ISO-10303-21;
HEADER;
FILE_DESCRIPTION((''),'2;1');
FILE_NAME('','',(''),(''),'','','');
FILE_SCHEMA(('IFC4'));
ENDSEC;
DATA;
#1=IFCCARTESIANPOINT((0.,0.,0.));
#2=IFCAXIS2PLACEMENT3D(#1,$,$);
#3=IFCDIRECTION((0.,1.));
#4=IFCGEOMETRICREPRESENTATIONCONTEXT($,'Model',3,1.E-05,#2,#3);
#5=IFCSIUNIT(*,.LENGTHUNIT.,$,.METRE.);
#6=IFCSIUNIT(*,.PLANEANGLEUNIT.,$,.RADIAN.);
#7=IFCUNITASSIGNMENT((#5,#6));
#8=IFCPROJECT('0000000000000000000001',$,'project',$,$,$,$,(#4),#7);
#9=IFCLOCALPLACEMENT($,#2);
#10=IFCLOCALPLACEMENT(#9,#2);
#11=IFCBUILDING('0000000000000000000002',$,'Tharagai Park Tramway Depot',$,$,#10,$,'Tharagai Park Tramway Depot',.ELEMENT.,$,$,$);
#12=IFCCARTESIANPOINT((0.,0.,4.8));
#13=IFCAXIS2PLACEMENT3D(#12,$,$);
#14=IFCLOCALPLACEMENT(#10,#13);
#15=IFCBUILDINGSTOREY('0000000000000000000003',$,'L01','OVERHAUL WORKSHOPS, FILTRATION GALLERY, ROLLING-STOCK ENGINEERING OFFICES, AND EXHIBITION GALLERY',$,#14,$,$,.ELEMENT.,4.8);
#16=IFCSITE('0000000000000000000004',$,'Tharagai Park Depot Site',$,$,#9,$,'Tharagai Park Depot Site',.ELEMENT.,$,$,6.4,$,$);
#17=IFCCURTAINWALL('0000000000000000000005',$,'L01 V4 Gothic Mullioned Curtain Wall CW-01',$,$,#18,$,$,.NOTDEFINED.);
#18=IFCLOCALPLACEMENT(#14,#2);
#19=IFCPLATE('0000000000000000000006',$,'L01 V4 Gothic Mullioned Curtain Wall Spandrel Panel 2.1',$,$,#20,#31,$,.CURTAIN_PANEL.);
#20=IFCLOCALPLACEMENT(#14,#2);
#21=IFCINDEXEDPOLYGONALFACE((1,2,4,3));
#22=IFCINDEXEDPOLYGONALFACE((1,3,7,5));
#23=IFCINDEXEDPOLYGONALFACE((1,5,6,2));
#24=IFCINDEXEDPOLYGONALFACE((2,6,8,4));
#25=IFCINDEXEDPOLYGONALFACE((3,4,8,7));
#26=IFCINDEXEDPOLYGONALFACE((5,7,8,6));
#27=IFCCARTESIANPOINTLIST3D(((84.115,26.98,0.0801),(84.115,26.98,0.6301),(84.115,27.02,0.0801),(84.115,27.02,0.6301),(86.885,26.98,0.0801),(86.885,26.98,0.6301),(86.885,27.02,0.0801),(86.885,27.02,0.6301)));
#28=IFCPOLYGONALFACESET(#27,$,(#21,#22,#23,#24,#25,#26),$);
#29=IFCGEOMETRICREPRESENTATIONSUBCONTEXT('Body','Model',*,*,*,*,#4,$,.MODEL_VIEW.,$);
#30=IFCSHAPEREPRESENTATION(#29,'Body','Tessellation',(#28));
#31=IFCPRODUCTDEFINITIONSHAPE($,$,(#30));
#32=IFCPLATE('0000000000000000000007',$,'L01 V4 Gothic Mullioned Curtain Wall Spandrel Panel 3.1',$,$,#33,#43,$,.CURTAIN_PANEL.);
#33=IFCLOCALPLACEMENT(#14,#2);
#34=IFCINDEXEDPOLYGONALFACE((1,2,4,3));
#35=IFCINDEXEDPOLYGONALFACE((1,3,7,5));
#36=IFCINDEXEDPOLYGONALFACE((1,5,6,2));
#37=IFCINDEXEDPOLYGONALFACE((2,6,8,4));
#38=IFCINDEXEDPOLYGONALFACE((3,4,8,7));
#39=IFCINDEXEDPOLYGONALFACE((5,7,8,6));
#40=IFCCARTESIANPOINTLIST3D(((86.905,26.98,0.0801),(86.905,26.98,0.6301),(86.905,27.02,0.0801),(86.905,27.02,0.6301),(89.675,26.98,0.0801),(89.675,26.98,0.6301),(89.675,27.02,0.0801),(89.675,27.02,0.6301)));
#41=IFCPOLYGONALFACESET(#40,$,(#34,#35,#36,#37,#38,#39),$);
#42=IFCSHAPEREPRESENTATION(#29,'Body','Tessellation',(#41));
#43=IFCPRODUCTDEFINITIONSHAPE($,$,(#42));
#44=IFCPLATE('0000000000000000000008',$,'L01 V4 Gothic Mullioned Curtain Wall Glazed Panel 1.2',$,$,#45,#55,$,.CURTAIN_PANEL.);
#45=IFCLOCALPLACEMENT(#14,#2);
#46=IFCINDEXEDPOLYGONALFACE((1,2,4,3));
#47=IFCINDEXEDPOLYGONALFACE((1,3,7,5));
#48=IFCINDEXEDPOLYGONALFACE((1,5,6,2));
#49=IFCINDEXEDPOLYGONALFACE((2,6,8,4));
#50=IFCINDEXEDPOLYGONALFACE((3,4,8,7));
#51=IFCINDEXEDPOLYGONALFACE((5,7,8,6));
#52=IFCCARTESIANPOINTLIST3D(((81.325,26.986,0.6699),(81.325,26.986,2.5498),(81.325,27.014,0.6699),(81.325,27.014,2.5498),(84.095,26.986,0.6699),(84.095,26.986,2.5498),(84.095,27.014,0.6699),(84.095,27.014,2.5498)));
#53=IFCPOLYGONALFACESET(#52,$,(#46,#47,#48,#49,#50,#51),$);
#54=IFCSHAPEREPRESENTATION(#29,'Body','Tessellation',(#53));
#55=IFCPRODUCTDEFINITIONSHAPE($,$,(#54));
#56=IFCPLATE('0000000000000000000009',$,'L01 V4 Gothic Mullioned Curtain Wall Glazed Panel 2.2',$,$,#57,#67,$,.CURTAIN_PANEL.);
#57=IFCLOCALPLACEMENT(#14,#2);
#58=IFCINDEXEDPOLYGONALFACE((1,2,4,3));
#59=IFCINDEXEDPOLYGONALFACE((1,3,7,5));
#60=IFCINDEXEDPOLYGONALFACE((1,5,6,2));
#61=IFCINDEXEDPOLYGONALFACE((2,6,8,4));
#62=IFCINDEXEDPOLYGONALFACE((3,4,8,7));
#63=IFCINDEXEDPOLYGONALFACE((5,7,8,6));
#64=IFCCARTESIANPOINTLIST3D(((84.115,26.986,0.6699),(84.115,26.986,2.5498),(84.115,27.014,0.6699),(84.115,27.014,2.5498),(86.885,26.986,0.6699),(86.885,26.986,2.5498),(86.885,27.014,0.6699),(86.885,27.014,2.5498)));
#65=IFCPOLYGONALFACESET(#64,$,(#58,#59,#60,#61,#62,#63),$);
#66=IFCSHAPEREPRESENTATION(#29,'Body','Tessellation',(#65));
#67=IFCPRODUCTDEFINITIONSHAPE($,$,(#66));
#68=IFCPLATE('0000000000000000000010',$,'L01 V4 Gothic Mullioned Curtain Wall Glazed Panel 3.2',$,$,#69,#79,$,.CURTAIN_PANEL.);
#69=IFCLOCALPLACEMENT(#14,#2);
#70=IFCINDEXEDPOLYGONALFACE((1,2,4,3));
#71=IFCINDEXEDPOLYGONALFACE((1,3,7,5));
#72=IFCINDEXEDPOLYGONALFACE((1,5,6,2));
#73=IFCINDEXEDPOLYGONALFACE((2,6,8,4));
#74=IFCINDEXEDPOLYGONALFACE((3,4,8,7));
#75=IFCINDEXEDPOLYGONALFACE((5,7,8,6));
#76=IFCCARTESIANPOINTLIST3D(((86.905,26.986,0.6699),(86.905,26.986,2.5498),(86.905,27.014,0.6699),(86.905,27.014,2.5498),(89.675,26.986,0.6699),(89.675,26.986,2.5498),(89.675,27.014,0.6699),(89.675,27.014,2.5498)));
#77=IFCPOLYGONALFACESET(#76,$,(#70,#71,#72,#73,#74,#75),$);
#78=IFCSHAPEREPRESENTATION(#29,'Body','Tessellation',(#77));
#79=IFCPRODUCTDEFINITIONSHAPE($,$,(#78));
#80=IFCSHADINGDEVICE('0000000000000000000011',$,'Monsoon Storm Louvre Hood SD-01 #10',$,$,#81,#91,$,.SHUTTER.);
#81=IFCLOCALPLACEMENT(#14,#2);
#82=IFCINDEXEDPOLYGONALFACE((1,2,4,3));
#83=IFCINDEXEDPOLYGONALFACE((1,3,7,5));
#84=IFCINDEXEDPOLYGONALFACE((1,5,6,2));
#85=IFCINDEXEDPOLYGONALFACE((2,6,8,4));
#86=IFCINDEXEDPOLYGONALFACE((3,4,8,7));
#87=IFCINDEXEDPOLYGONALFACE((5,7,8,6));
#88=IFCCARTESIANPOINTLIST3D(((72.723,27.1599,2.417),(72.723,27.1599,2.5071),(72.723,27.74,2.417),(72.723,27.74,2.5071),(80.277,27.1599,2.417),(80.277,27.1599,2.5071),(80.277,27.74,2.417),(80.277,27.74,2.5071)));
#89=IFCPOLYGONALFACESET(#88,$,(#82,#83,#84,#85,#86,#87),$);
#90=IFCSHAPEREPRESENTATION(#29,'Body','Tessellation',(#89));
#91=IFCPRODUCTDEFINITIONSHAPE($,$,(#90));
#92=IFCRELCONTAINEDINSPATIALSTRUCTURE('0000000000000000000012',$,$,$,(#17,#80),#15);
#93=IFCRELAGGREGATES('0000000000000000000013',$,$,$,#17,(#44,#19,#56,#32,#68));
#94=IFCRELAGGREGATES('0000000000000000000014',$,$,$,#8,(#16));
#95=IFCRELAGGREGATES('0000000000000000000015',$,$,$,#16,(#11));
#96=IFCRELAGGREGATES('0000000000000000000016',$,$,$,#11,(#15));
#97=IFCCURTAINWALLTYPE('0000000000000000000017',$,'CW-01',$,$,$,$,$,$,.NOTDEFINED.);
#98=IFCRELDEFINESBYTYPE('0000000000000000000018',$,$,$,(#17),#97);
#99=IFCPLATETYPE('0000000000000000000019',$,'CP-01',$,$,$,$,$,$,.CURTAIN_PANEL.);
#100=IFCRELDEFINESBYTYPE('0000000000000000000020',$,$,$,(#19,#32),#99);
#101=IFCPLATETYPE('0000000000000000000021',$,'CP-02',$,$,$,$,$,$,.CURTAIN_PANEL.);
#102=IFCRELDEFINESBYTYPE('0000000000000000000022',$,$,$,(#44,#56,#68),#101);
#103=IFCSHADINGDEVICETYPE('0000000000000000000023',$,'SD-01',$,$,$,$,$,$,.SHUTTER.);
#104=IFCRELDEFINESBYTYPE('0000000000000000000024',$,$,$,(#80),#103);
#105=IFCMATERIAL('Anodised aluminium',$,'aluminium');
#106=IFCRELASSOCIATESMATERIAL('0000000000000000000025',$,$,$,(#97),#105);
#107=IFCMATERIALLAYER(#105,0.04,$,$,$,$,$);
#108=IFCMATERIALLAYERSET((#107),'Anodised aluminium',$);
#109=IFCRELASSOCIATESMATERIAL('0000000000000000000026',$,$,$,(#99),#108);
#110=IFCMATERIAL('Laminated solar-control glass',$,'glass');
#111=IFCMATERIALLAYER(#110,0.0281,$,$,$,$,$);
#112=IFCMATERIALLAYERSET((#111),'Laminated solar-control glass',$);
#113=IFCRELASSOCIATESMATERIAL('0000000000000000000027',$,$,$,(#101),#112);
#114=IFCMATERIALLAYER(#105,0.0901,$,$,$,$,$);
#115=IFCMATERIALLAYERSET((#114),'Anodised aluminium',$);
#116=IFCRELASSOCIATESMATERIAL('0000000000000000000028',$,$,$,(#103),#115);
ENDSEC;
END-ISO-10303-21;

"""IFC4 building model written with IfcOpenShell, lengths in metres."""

from ifc_helpers import new_model, si_unit, direction, frame, origin, origin_2d, place, context, subcontext, project, spatial, rectangle, extrude, material, layer, layer_set, type_object, element, aggregate, save


model = new_model("IFC4")

# Units and contexts
model_context = context("Model", 3, precision=1e-05, world=origin(), true_north=direction((0.0, 1.0)))
body_context = subcontext(model_context, "Body", "Model", "MODEL_VIEW")
ifc_project = project(units=[si_unit("LENGTHUNIT", "METRE"), si_unit("PLANEANGLEUNIT", "RADIAN")], contexts=[model_context])

# Site, building, storey
site_placement = place(None, origin())
site = spatial("IfcSite", under=ifc_project, at=site_placement, Name="Tharagai Park Depot Site", LongName="Tharagai Park Depot Site", CompositionType="ELEMENT", RefElevation=6.4)
building_placement = place(site_placement, origin())
building = spatial("IfcBuilding", under=site, at=building_placement, Name="Tharagai Park Tramway Depot", LongName="Tharagai Park Tramway Depot", CompositionType="ELEMENT")
storey_placement = place(building_placement, frame((0.0, 0.0, 4.8)))
storey = spatial("IfcBuildingStorey", under=building, at=storey_placement, Name="L01", Description="OVERHAUL WORKSHOPS, FILTRATION GALLERY, ROLLING-STOCK ENGINEERING OFFICES, AND EXHIBITION GALLERY", CompositionType="ELEMENT", Elevation=4.8)

# Curtain wall
ifc_material_1 = material(Name="Anodised aluminium", Category="aluminium")
curtain_wall_type = type_object("IfcCurtainWallType", Name="CW-01", PredefinedType="NOTDEFINED", material=ifc_material_1)
curtain_wall_placement = place(storey_placement, origin())
curtain_wall = element("IfcCurtainWall", 1, at=curtain_wall_placement, inside=storey, type_object=curtain_wall_type, Name="L01 V4 Gothic Mullioned Curtain Wall CW-01", PredefinedType="NOTDEFINED")

# Plates
ifc_layer_1 = layer(ifc_material_1, 0.04)
ifc_layer_set_1 = layer_set([ifc_layer_1], Name="Anodised aluminium")
plate_type_1 = type_object("IfcPlateType", Name="CP-01", PredefinedType="CURTAIN_PANEL", material=ifc_layer_set_1)
plate_1_placement = place(storey_placement, frame((85.5, 27.0, 0.0801), z_axis=(0.0, 0.0, 1.0), x_axis=(1.0, 0.0, 0.0)))
plate_1 = element("IfcPlate", 2, at=plate_1_placement, type_object=plate_type_1, Name="L01 V4 Gothic Mullioned Curtain Wall Spandrel Panel 2.1", PredefinedType="CURTAIN_PANEL", context=body_context, shape_type="SweptSolid", body=[
    extrude(rectangle(XDim=2.77, YDim=0.04, at=origin_2d()), origin(), (0.0, 0.0, 1.0), 0.55),
])
plate_2_placement = place(storey_placement, frame((88.29, 27.0, 0.0801), z_axis=(0.0, 0.0, 1.0), x_axis=(1.0, 0.0, 0.0)))
plate_2 = element("IfcPlate", 3, at=plate_2_placement, type_object=plate_type_1, Name="L01 V4 Gothic Mullioned Curtain Wall Spandrel Panel 3.1", PredefinedType="CURTAIN_PANEL", context=body_context, shape_type="SweptSolid", body=[
    extrude(rectangle(XDim=2.77, YDim=0.04, at=origin_2d()), origin(), (0.0, 0.0, 1.0), 0.55),
])
ifc_material_2 = material(Name="Laminated solar-control glass", Category="glass")
ifc_layer_2 = layer(ifc_material_2, 0.0281)
ifc_layer_set_2 = layer_set([ifc_layer_2], Name="Laminated solar-control glass")
plate_type_2 = type_object("IfcPlateType", Name="CP-02", PredefinedType="CURTAIN_PANEL", material=ifc_layer_set_2)
plate_3_placement = place(storey_placement, frame((82.71, 27.0, 0.6699), z_axis=(0.0, 0.0, 1.0), x_axis=(1.0, 0.0, 0.0)))
plate_3 = element("IfcPlate", 4, at=plate_3_placement, type_object=plate_type_2, Name="L01 V4 Gothic Mullioned Curtain Wall Glazed Panel 1.2", PredefinedType="CURTAIN_PANEL", context=body_context, shape_type="SweptSolid", body=[
    extrude(rectangle(XDim=2.77, YDim=0.0281, at=origin_2d()), origin(), (0.0, 0.0, 1.0), 1.8799),
])
plate_4_placement = place(storey_placement, frame((85.5, 27.0, 0.6699), z_axis=(0.0, 0.0, 1.0), x_axis=(1.0, 0.0, 0.0)))
plate_4 = element("IfcPlate", 5, at=plate_4_placement, type_object=plate_type_2, Name="L01 V4 Gothic Mullioned Curtain Wall Glazed Panel 2.2", PredefinedType="CURTAIN_PANEL", context=body_context, shape_type="SweptSolid", body=[
    extrude(rectangle(XDim=2.77, YDim=0.0281, at=origin_2d()), origin(), (0.0, 0.0, 1.0), 1.8799),
])
plate_5_placement = place(storey_placement, frame((88.29, 27.0, 0.6699), z_axis=(0.0, 0.0, 1.0), x_axis=(1.0, 0.0, 0.0)))
plate_5 = element("IfcPlate", 6, at=plate_5_placement, type_object=plate_type_2, Name="L01 V4 Gothic Mullioned Curtain Wall Glazed Panel 3.2", PredefinedType="CURTAIN_PANEL", context=body_context, shape_type="SweptSolid", body=[
    extrude(rectangle(XDim=2.77, YDim=0.0281, at=origin_2d()), origin(), (0.0, 0.0, 1.0), 1.8799),
])
aggregate(curtain_wall, [plate_3, plate_1, plate_4, plate_2, plate_5])

# Shading device
ifc_layer_3 = layer(ifc_material_1, 0.0901)
ifc_layer_set_3 = layer_set([ifc_layer_3], Name="Anodised aluminium")
shading_device_type = type_object("IfcShadingDeviceType", Name="SD-01", PredefinedType="SHUTTER", material=ifc_layer_set_3)
shading_device_placement = place(storey_placement, frame((76.5, 27.45, 2.417), z_axis=(0.0, 0.0, 1.0), x_axis=(1.0, 0.0, 0.0)))
element("IfcShadingDevice", 7, at=shading_device_placement, inside=storey, type_object=shading_device_type, Name="Monsoon Storm Louvre Hood SD-01 #10", PredefinedType="SHUTTER", context=body_context, shape_type="SweptSolid", body=[
    extrude(rectangle(XDim=7.554, YDim=0.5801, at=origin_2d()), origin(), (0.0, 0.0, 1.0), 0.0901),
])

save(model, "model.ifc")
